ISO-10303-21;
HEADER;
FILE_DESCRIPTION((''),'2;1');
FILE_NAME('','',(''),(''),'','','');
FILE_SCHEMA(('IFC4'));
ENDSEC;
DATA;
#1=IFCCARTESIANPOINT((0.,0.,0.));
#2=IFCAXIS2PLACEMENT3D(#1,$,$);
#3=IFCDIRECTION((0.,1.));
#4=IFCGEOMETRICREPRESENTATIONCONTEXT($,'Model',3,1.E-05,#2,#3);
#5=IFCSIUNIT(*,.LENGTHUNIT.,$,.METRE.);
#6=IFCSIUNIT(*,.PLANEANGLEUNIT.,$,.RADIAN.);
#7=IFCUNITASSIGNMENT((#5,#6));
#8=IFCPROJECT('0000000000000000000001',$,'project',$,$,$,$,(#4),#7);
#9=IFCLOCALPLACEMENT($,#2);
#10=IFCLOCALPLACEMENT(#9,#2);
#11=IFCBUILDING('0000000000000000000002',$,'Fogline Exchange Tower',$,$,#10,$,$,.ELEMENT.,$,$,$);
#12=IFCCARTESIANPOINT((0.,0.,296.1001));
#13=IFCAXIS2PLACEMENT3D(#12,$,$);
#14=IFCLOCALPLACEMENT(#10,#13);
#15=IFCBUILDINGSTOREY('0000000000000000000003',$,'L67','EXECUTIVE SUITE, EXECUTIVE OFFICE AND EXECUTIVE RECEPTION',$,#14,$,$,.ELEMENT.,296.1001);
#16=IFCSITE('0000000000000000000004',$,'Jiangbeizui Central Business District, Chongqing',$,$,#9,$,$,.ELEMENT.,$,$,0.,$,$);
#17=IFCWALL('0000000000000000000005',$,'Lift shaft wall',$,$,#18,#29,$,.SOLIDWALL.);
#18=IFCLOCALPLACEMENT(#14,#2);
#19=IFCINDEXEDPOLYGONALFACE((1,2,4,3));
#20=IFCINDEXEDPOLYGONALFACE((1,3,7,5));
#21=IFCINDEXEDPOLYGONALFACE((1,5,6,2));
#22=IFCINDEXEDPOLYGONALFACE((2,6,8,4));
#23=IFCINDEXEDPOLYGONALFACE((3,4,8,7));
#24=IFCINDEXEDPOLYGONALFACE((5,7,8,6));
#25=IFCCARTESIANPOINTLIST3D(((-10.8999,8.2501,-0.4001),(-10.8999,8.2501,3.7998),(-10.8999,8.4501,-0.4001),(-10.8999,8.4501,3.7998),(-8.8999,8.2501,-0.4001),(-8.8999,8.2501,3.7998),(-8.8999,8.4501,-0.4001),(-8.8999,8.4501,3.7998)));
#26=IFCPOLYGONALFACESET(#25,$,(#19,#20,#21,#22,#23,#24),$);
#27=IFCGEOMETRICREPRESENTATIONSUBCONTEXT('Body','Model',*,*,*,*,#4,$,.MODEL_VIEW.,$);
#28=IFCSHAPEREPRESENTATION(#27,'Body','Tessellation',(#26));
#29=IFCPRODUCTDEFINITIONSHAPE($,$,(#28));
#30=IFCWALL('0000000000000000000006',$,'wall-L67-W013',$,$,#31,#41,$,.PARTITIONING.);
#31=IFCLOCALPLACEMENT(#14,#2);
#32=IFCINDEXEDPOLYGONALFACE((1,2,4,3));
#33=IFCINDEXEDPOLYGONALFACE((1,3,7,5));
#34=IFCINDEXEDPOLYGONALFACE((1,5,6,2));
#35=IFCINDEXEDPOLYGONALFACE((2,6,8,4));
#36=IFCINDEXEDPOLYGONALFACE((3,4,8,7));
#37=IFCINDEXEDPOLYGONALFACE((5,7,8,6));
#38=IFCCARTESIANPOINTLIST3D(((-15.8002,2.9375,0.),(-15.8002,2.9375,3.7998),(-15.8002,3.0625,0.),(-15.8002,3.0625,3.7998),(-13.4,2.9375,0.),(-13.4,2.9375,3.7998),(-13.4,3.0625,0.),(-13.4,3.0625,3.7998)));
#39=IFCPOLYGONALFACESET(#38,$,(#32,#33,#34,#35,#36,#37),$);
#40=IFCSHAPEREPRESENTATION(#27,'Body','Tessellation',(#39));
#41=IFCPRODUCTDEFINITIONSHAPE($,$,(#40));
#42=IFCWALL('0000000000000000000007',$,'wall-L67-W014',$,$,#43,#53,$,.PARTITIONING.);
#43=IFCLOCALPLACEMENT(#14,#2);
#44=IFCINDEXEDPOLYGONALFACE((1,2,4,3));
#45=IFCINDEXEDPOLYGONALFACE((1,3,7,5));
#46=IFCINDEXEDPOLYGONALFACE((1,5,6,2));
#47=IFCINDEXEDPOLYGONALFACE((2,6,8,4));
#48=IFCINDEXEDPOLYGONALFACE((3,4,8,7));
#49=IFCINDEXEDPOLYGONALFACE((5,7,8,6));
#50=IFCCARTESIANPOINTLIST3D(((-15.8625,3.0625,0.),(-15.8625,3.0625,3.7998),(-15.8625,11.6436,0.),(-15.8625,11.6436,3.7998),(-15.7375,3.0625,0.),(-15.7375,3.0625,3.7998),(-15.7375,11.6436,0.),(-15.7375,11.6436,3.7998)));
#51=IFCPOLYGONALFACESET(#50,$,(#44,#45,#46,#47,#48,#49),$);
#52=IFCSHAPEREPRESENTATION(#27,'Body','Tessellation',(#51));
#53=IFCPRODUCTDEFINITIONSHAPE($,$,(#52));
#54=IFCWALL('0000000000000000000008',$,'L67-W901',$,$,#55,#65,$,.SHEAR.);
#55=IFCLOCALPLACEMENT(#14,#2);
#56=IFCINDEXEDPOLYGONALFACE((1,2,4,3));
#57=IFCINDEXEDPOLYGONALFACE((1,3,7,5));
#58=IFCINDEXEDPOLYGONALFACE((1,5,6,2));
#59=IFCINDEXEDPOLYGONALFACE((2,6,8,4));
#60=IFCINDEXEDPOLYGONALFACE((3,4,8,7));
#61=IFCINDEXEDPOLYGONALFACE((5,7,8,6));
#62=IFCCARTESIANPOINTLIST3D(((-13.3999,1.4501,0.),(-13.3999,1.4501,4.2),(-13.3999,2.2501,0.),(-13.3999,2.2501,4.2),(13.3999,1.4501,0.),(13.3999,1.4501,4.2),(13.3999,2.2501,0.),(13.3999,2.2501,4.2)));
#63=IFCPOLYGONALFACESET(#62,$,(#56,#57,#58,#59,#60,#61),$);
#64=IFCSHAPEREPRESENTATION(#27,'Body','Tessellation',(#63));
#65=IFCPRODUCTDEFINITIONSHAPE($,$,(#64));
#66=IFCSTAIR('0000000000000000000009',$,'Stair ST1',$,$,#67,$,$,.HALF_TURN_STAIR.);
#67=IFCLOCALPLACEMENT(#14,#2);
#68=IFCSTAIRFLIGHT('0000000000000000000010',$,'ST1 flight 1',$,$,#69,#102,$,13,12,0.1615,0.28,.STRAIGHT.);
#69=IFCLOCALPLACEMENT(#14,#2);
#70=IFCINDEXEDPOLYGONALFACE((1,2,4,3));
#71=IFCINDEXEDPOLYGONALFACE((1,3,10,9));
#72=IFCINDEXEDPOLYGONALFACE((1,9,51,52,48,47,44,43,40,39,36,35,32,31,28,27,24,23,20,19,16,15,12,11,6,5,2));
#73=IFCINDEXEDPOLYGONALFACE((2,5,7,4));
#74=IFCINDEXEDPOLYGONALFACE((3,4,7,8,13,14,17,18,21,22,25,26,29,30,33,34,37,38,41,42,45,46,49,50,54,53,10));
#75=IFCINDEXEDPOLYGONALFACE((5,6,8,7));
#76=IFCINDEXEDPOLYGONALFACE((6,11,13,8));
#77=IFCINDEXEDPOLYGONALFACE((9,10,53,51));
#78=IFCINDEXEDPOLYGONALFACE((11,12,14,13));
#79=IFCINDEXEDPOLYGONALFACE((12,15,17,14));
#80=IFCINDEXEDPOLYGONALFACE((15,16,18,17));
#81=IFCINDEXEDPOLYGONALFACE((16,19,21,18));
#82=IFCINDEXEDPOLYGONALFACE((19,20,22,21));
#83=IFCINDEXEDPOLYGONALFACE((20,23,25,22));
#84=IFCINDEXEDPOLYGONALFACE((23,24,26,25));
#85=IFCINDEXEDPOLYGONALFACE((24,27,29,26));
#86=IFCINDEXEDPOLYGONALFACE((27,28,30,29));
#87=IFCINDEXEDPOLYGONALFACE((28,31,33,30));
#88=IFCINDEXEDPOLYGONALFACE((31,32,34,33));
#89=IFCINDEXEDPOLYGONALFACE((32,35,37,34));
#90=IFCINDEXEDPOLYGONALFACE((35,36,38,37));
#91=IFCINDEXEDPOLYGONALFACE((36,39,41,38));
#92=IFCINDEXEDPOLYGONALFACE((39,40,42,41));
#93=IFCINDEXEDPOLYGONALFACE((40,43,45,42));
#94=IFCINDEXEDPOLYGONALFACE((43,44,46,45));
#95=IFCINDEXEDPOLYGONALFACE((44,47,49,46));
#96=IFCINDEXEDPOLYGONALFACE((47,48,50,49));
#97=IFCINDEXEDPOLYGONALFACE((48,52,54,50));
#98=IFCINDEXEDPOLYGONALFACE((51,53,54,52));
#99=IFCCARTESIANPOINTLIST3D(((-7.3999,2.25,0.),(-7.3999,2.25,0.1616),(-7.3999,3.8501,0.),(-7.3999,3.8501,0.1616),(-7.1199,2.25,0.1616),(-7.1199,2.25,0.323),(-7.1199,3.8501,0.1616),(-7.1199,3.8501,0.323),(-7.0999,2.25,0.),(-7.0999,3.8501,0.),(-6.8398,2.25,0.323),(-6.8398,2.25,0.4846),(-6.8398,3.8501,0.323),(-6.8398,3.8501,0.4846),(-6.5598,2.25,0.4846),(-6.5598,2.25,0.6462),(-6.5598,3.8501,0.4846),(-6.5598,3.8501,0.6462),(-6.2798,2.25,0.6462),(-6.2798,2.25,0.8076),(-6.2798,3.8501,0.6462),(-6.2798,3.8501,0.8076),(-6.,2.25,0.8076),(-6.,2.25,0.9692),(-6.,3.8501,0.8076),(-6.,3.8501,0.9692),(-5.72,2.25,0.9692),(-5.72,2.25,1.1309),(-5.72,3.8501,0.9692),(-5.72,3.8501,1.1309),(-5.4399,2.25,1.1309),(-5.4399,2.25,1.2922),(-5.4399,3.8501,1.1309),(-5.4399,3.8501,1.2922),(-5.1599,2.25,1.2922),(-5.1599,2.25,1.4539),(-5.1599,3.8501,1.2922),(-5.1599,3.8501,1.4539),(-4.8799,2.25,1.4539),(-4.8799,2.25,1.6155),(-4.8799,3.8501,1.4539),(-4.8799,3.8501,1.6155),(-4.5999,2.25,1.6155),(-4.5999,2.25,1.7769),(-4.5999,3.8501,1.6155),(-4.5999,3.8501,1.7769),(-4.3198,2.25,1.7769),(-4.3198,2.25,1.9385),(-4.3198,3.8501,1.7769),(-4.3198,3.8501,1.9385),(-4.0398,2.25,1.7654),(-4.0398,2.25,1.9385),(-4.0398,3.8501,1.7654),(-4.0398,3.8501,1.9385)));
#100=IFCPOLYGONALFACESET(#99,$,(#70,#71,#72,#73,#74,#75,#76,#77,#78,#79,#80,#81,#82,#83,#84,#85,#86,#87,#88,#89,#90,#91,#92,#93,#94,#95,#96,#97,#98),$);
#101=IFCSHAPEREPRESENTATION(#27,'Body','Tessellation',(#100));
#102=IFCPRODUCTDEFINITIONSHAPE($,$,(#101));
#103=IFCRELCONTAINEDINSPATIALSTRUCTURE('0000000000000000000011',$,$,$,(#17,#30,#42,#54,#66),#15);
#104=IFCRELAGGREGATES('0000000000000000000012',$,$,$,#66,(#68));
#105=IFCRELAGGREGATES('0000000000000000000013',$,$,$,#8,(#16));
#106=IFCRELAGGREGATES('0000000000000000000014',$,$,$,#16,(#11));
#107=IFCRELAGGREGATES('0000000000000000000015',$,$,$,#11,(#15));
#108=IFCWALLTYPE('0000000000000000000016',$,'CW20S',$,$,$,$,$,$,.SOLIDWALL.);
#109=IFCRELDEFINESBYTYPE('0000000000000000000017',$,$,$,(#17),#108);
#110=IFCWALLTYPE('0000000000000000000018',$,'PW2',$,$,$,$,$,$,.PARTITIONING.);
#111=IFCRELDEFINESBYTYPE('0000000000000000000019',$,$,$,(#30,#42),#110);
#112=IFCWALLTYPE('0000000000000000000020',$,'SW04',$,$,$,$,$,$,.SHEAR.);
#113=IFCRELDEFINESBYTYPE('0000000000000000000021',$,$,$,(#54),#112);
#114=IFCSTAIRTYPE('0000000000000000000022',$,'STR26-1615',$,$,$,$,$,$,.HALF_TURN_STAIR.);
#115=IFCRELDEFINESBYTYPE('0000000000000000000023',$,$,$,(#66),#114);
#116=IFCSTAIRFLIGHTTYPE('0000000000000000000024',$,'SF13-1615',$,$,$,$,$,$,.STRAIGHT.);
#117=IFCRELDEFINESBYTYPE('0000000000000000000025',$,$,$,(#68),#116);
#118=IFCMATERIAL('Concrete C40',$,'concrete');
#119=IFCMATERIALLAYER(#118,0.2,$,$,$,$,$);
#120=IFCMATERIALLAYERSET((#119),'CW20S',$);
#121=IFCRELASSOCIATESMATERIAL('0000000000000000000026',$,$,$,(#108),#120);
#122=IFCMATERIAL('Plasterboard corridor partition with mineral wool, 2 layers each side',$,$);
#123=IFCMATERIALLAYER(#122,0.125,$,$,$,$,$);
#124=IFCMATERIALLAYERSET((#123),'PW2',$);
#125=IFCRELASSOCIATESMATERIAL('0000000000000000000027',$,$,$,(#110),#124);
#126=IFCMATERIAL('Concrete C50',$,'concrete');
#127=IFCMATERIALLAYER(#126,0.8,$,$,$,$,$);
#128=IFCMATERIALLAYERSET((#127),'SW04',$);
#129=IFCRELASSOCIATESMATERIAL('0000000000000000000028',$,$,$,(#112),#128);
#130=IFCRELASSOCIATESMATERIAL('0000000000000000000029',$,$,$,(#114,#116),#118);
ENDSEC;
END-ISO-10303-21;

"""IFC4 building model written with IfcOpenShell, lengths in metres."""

from ifc_helpers import new_model, si_unit, direction, frame, frame_2d, origin, place, context, subcontext, project, spatial, polyline, rectangle, outline, extrude, material, layer, layer_set, type_object, element, aggregate, save


model = new_model("IFC4")

# Units and contexts
model_context = context("Model", 3, precision=1e-05, world=origin(), true_north=direction((0.0, 1.0)))
body_context = subcontext(model_context, "Body", "Model", "MODEL_VIEW")
ifc_project = project(units=[si_unit("LENGTHUNIT", "METRE"), si_unit("PLANEANGLEUNIT", "RADIAN")], contexts=[model_context])

# Site, building, storey
site_placement = place(None, origin())
site = spatial("IfcSite", under=ifc_project, at=site_placement, Name="Jiangbeizui Central Business District, Chongqing", CompositionType="ELEMENT", RefElevation=0.0)
building_placement = place(site_placement, origin())
building = spatial("IfcBuilding", under=site, at=building_placement, Name="Fogline Exchange Tower", CompositionType="ELEMENT")
storey_placement = place(building_placement, frame((0.0, 0.0, 296.1001)))
storey = spatial("IfcBuildingStorey", under=building, at=storey_placement, Name="L67", Description="EXECUTIVE SUITE, EXECUTIVE OFFICE AND EXECUTIVE RECEPTION", CompositionType="ELEMENT", Elevation=296.1001)

# Shared definitions
ifc_material_1 = material(Name="Concrete C40", Category="concrete")

# Shared definitions
ifc_layer_1 = layer(ifc_material_1, 0.2)
ifc_layer_set_1 = layer_set([ifc_layer_1], Name="CW20S")
wall_type_1 = type_object("IfcWallType", Name="CW20S", PredefinedType="SOLIDWALL", material=ifc_layer_set_1)

# Walls
wall_1_placement = place(storey_placement, frame((-10.8999, 8.3501, -0.4001), z_axis=(0.0, 0.0, 1.0), x_axis=(1.0, 0.0, 0.0)))
element("IfcWall", 1, at=wall_1_placement, inside=storey, type_object=wall_type_1, Name="Lift shaft wall", PredefinedType="SOLIDWALL", context=body_context, shape_type="SweptSolid", body=[
    extrude(rectangle(XDim=2.0, YDim=0.2, at=frame_2d((1.0, 0.0))), origin(), (0.0, 0.0, 1.0), 4.2),
])
ifc_material_2 = material(Name="Plasterboard corridor partition with mineral wool, 2 layers each side")
ifc_layer_2 = layer(ifc_material_2, 0.125)
ifc_layer_set_2 = layer_set([ifc_layer_2], Name="PW2")
wall_type_2 = type_object("IfcWallType", Name="PW2", PredefinedType="PARTITIONING", material=ifc_layer_set_2)
wall_2_placement = place(storey_placement, frame((-13.3999, 3.0, 0.0), z_axis=(0.0, 0.0, 1.0), x_axis=(-1.0, 0.0, 0.0)))
element("IfcWall", 2, at=wall_2_placement, inside=storey, type_object=wall_type_2, Name="wall-L67-W013", PredefinedType="PARTITIONING", context=body_context, shape_type="SweptSolid", body=[
    extrude(rectangle(XDim=2.4001, YDim=0.125, at=frame_2d((1.2002, 0.0))), origin(), (0.0, 0.0, 1.0), 3.7998),
])
wall_3_placement = place(storey_placement, frame((-15.8, 3.0625, 0.0), z_axis=(0.0, 0.0, 1.0), x_axis=(0.0, 1.0, 0.0)))
element("IfcWall", 3, at=wall_3_placement, inside=storey, type_object=wall_type_2, Name="wall-L67-W014", PredefinedType="PARTITIONING", context=body_context, shape_type="SweptSolid", body=[
    extrude(rectangle(XDim=8.5811, YDim=0.125, at=frame_2d((4.2905, 0.0))), origin(), (0.0, 0.0, 1.0), 3.7998),
])
ifc_material_3 = material(Name="Concrete C50", Category="concrete")
ifc_layer_3 = layer(ifc_material_3, 0.8)
ifc_layer_set_3 = layer_set([ifc_layer_3], Name="SW04")
wall_type_3 = type_object("IfcWallType", Name="SW04", PredefinedType="SHEAR", material=ifc_layer_set_3)
wall_4_placement = place(storey_placement, frame((-13.3999, 1.8501, 0.0), z_axis=(0.0, 0.0, 1.0), x_axis=(1.0, 0.0, 0.0)))
element("IfcWall", 4, at=wall_4_placement, inside=storey, type_object=wall_type_3, Name="L67-W901", PredefinedType="SHEAR", context=body_context, shape_type="SweptSolid", body=[
    extrude(rectangle(XDim=26.7998, YDim=0.8, at=frame_2d((13.3999, 0.0))), origin(), (0.0, 0.0, 1.0), 4.2),
])

# Stair, stair flight
stair_type = type_object("IfcStairType", Name="STR26-1615", PredefinedType="HALF_TURN_STAIR", material=ifc_material_1)
stair_placement = place(storey_placement, origin())
stair = element("IfcStair", 5, at=stair_placement, inside=storey, type_object=stair_type, Name="Stair ST1", PredefinedType="HALF_TURN_STAIR")
stair_flight_type = type_object("IfcStairFlightType", Name="SF13-1615", PredefinedType="STRAIGHT", material=ifc_material_1)
stair_flight_placement = place(storey_placement, frame((-7.3999, 3.05, 0.0), z_axis=(0.0, 0.0, 1.0), x_axis=(1.0, 0.0, 0.0)))
stair_flight = element("IfcStairFlight", 6, at=stair_flight_placement, type_object=stair_flight_type, Name="ST1 flight 1", NumberOfRisers=13, NumberOfTreads=12, PredefinedType="STRAIGHT", RiserHeight=0.1615, TreadLength=0.28, context=body_context, shape_type="SweptSolid", body=[
    extrude(outline(polyline([(0.0, 0.0), (0.0, 0.1616), (0.28, 0.1616), (0.28, 0.323), (0.5601, 0.323), (0.5601, 0.4846), (0.8401, 0.4846), (0.8401, 0.6462), (1.1201, 0.6462), (1.1201, 0.8076), (1.3999, 0.8076), (1.3999, 0.9692), (1.6799, 0.9692), (1.6799, 1.1309), (1.96, 1.1309), (1.96, 1.2922), (2.24, 1.2922), (2.24, 1.4539), (2.52, 1.4539), (2.52, 1.6155), (2.8, 1.6155), (2.8, 1.7769), (3.0801, 1.7769), (3.0801, 1.9385), (3.3601, 1.9385), (3.3601, 2.1001), (3.3601, 1.7654), (0.3, 0.0), (0.0, 0.0)])), frame((0.0, 0.8, 0.0), z_axis=(0.0, -1.0, 0.0), x_axis=(1.0, 0.0, 0.0)), (0.0, 0.0, 1.0), 1.6001),
])
aggregate(stair, [stair_flight])

save(model, "model.ifc")
